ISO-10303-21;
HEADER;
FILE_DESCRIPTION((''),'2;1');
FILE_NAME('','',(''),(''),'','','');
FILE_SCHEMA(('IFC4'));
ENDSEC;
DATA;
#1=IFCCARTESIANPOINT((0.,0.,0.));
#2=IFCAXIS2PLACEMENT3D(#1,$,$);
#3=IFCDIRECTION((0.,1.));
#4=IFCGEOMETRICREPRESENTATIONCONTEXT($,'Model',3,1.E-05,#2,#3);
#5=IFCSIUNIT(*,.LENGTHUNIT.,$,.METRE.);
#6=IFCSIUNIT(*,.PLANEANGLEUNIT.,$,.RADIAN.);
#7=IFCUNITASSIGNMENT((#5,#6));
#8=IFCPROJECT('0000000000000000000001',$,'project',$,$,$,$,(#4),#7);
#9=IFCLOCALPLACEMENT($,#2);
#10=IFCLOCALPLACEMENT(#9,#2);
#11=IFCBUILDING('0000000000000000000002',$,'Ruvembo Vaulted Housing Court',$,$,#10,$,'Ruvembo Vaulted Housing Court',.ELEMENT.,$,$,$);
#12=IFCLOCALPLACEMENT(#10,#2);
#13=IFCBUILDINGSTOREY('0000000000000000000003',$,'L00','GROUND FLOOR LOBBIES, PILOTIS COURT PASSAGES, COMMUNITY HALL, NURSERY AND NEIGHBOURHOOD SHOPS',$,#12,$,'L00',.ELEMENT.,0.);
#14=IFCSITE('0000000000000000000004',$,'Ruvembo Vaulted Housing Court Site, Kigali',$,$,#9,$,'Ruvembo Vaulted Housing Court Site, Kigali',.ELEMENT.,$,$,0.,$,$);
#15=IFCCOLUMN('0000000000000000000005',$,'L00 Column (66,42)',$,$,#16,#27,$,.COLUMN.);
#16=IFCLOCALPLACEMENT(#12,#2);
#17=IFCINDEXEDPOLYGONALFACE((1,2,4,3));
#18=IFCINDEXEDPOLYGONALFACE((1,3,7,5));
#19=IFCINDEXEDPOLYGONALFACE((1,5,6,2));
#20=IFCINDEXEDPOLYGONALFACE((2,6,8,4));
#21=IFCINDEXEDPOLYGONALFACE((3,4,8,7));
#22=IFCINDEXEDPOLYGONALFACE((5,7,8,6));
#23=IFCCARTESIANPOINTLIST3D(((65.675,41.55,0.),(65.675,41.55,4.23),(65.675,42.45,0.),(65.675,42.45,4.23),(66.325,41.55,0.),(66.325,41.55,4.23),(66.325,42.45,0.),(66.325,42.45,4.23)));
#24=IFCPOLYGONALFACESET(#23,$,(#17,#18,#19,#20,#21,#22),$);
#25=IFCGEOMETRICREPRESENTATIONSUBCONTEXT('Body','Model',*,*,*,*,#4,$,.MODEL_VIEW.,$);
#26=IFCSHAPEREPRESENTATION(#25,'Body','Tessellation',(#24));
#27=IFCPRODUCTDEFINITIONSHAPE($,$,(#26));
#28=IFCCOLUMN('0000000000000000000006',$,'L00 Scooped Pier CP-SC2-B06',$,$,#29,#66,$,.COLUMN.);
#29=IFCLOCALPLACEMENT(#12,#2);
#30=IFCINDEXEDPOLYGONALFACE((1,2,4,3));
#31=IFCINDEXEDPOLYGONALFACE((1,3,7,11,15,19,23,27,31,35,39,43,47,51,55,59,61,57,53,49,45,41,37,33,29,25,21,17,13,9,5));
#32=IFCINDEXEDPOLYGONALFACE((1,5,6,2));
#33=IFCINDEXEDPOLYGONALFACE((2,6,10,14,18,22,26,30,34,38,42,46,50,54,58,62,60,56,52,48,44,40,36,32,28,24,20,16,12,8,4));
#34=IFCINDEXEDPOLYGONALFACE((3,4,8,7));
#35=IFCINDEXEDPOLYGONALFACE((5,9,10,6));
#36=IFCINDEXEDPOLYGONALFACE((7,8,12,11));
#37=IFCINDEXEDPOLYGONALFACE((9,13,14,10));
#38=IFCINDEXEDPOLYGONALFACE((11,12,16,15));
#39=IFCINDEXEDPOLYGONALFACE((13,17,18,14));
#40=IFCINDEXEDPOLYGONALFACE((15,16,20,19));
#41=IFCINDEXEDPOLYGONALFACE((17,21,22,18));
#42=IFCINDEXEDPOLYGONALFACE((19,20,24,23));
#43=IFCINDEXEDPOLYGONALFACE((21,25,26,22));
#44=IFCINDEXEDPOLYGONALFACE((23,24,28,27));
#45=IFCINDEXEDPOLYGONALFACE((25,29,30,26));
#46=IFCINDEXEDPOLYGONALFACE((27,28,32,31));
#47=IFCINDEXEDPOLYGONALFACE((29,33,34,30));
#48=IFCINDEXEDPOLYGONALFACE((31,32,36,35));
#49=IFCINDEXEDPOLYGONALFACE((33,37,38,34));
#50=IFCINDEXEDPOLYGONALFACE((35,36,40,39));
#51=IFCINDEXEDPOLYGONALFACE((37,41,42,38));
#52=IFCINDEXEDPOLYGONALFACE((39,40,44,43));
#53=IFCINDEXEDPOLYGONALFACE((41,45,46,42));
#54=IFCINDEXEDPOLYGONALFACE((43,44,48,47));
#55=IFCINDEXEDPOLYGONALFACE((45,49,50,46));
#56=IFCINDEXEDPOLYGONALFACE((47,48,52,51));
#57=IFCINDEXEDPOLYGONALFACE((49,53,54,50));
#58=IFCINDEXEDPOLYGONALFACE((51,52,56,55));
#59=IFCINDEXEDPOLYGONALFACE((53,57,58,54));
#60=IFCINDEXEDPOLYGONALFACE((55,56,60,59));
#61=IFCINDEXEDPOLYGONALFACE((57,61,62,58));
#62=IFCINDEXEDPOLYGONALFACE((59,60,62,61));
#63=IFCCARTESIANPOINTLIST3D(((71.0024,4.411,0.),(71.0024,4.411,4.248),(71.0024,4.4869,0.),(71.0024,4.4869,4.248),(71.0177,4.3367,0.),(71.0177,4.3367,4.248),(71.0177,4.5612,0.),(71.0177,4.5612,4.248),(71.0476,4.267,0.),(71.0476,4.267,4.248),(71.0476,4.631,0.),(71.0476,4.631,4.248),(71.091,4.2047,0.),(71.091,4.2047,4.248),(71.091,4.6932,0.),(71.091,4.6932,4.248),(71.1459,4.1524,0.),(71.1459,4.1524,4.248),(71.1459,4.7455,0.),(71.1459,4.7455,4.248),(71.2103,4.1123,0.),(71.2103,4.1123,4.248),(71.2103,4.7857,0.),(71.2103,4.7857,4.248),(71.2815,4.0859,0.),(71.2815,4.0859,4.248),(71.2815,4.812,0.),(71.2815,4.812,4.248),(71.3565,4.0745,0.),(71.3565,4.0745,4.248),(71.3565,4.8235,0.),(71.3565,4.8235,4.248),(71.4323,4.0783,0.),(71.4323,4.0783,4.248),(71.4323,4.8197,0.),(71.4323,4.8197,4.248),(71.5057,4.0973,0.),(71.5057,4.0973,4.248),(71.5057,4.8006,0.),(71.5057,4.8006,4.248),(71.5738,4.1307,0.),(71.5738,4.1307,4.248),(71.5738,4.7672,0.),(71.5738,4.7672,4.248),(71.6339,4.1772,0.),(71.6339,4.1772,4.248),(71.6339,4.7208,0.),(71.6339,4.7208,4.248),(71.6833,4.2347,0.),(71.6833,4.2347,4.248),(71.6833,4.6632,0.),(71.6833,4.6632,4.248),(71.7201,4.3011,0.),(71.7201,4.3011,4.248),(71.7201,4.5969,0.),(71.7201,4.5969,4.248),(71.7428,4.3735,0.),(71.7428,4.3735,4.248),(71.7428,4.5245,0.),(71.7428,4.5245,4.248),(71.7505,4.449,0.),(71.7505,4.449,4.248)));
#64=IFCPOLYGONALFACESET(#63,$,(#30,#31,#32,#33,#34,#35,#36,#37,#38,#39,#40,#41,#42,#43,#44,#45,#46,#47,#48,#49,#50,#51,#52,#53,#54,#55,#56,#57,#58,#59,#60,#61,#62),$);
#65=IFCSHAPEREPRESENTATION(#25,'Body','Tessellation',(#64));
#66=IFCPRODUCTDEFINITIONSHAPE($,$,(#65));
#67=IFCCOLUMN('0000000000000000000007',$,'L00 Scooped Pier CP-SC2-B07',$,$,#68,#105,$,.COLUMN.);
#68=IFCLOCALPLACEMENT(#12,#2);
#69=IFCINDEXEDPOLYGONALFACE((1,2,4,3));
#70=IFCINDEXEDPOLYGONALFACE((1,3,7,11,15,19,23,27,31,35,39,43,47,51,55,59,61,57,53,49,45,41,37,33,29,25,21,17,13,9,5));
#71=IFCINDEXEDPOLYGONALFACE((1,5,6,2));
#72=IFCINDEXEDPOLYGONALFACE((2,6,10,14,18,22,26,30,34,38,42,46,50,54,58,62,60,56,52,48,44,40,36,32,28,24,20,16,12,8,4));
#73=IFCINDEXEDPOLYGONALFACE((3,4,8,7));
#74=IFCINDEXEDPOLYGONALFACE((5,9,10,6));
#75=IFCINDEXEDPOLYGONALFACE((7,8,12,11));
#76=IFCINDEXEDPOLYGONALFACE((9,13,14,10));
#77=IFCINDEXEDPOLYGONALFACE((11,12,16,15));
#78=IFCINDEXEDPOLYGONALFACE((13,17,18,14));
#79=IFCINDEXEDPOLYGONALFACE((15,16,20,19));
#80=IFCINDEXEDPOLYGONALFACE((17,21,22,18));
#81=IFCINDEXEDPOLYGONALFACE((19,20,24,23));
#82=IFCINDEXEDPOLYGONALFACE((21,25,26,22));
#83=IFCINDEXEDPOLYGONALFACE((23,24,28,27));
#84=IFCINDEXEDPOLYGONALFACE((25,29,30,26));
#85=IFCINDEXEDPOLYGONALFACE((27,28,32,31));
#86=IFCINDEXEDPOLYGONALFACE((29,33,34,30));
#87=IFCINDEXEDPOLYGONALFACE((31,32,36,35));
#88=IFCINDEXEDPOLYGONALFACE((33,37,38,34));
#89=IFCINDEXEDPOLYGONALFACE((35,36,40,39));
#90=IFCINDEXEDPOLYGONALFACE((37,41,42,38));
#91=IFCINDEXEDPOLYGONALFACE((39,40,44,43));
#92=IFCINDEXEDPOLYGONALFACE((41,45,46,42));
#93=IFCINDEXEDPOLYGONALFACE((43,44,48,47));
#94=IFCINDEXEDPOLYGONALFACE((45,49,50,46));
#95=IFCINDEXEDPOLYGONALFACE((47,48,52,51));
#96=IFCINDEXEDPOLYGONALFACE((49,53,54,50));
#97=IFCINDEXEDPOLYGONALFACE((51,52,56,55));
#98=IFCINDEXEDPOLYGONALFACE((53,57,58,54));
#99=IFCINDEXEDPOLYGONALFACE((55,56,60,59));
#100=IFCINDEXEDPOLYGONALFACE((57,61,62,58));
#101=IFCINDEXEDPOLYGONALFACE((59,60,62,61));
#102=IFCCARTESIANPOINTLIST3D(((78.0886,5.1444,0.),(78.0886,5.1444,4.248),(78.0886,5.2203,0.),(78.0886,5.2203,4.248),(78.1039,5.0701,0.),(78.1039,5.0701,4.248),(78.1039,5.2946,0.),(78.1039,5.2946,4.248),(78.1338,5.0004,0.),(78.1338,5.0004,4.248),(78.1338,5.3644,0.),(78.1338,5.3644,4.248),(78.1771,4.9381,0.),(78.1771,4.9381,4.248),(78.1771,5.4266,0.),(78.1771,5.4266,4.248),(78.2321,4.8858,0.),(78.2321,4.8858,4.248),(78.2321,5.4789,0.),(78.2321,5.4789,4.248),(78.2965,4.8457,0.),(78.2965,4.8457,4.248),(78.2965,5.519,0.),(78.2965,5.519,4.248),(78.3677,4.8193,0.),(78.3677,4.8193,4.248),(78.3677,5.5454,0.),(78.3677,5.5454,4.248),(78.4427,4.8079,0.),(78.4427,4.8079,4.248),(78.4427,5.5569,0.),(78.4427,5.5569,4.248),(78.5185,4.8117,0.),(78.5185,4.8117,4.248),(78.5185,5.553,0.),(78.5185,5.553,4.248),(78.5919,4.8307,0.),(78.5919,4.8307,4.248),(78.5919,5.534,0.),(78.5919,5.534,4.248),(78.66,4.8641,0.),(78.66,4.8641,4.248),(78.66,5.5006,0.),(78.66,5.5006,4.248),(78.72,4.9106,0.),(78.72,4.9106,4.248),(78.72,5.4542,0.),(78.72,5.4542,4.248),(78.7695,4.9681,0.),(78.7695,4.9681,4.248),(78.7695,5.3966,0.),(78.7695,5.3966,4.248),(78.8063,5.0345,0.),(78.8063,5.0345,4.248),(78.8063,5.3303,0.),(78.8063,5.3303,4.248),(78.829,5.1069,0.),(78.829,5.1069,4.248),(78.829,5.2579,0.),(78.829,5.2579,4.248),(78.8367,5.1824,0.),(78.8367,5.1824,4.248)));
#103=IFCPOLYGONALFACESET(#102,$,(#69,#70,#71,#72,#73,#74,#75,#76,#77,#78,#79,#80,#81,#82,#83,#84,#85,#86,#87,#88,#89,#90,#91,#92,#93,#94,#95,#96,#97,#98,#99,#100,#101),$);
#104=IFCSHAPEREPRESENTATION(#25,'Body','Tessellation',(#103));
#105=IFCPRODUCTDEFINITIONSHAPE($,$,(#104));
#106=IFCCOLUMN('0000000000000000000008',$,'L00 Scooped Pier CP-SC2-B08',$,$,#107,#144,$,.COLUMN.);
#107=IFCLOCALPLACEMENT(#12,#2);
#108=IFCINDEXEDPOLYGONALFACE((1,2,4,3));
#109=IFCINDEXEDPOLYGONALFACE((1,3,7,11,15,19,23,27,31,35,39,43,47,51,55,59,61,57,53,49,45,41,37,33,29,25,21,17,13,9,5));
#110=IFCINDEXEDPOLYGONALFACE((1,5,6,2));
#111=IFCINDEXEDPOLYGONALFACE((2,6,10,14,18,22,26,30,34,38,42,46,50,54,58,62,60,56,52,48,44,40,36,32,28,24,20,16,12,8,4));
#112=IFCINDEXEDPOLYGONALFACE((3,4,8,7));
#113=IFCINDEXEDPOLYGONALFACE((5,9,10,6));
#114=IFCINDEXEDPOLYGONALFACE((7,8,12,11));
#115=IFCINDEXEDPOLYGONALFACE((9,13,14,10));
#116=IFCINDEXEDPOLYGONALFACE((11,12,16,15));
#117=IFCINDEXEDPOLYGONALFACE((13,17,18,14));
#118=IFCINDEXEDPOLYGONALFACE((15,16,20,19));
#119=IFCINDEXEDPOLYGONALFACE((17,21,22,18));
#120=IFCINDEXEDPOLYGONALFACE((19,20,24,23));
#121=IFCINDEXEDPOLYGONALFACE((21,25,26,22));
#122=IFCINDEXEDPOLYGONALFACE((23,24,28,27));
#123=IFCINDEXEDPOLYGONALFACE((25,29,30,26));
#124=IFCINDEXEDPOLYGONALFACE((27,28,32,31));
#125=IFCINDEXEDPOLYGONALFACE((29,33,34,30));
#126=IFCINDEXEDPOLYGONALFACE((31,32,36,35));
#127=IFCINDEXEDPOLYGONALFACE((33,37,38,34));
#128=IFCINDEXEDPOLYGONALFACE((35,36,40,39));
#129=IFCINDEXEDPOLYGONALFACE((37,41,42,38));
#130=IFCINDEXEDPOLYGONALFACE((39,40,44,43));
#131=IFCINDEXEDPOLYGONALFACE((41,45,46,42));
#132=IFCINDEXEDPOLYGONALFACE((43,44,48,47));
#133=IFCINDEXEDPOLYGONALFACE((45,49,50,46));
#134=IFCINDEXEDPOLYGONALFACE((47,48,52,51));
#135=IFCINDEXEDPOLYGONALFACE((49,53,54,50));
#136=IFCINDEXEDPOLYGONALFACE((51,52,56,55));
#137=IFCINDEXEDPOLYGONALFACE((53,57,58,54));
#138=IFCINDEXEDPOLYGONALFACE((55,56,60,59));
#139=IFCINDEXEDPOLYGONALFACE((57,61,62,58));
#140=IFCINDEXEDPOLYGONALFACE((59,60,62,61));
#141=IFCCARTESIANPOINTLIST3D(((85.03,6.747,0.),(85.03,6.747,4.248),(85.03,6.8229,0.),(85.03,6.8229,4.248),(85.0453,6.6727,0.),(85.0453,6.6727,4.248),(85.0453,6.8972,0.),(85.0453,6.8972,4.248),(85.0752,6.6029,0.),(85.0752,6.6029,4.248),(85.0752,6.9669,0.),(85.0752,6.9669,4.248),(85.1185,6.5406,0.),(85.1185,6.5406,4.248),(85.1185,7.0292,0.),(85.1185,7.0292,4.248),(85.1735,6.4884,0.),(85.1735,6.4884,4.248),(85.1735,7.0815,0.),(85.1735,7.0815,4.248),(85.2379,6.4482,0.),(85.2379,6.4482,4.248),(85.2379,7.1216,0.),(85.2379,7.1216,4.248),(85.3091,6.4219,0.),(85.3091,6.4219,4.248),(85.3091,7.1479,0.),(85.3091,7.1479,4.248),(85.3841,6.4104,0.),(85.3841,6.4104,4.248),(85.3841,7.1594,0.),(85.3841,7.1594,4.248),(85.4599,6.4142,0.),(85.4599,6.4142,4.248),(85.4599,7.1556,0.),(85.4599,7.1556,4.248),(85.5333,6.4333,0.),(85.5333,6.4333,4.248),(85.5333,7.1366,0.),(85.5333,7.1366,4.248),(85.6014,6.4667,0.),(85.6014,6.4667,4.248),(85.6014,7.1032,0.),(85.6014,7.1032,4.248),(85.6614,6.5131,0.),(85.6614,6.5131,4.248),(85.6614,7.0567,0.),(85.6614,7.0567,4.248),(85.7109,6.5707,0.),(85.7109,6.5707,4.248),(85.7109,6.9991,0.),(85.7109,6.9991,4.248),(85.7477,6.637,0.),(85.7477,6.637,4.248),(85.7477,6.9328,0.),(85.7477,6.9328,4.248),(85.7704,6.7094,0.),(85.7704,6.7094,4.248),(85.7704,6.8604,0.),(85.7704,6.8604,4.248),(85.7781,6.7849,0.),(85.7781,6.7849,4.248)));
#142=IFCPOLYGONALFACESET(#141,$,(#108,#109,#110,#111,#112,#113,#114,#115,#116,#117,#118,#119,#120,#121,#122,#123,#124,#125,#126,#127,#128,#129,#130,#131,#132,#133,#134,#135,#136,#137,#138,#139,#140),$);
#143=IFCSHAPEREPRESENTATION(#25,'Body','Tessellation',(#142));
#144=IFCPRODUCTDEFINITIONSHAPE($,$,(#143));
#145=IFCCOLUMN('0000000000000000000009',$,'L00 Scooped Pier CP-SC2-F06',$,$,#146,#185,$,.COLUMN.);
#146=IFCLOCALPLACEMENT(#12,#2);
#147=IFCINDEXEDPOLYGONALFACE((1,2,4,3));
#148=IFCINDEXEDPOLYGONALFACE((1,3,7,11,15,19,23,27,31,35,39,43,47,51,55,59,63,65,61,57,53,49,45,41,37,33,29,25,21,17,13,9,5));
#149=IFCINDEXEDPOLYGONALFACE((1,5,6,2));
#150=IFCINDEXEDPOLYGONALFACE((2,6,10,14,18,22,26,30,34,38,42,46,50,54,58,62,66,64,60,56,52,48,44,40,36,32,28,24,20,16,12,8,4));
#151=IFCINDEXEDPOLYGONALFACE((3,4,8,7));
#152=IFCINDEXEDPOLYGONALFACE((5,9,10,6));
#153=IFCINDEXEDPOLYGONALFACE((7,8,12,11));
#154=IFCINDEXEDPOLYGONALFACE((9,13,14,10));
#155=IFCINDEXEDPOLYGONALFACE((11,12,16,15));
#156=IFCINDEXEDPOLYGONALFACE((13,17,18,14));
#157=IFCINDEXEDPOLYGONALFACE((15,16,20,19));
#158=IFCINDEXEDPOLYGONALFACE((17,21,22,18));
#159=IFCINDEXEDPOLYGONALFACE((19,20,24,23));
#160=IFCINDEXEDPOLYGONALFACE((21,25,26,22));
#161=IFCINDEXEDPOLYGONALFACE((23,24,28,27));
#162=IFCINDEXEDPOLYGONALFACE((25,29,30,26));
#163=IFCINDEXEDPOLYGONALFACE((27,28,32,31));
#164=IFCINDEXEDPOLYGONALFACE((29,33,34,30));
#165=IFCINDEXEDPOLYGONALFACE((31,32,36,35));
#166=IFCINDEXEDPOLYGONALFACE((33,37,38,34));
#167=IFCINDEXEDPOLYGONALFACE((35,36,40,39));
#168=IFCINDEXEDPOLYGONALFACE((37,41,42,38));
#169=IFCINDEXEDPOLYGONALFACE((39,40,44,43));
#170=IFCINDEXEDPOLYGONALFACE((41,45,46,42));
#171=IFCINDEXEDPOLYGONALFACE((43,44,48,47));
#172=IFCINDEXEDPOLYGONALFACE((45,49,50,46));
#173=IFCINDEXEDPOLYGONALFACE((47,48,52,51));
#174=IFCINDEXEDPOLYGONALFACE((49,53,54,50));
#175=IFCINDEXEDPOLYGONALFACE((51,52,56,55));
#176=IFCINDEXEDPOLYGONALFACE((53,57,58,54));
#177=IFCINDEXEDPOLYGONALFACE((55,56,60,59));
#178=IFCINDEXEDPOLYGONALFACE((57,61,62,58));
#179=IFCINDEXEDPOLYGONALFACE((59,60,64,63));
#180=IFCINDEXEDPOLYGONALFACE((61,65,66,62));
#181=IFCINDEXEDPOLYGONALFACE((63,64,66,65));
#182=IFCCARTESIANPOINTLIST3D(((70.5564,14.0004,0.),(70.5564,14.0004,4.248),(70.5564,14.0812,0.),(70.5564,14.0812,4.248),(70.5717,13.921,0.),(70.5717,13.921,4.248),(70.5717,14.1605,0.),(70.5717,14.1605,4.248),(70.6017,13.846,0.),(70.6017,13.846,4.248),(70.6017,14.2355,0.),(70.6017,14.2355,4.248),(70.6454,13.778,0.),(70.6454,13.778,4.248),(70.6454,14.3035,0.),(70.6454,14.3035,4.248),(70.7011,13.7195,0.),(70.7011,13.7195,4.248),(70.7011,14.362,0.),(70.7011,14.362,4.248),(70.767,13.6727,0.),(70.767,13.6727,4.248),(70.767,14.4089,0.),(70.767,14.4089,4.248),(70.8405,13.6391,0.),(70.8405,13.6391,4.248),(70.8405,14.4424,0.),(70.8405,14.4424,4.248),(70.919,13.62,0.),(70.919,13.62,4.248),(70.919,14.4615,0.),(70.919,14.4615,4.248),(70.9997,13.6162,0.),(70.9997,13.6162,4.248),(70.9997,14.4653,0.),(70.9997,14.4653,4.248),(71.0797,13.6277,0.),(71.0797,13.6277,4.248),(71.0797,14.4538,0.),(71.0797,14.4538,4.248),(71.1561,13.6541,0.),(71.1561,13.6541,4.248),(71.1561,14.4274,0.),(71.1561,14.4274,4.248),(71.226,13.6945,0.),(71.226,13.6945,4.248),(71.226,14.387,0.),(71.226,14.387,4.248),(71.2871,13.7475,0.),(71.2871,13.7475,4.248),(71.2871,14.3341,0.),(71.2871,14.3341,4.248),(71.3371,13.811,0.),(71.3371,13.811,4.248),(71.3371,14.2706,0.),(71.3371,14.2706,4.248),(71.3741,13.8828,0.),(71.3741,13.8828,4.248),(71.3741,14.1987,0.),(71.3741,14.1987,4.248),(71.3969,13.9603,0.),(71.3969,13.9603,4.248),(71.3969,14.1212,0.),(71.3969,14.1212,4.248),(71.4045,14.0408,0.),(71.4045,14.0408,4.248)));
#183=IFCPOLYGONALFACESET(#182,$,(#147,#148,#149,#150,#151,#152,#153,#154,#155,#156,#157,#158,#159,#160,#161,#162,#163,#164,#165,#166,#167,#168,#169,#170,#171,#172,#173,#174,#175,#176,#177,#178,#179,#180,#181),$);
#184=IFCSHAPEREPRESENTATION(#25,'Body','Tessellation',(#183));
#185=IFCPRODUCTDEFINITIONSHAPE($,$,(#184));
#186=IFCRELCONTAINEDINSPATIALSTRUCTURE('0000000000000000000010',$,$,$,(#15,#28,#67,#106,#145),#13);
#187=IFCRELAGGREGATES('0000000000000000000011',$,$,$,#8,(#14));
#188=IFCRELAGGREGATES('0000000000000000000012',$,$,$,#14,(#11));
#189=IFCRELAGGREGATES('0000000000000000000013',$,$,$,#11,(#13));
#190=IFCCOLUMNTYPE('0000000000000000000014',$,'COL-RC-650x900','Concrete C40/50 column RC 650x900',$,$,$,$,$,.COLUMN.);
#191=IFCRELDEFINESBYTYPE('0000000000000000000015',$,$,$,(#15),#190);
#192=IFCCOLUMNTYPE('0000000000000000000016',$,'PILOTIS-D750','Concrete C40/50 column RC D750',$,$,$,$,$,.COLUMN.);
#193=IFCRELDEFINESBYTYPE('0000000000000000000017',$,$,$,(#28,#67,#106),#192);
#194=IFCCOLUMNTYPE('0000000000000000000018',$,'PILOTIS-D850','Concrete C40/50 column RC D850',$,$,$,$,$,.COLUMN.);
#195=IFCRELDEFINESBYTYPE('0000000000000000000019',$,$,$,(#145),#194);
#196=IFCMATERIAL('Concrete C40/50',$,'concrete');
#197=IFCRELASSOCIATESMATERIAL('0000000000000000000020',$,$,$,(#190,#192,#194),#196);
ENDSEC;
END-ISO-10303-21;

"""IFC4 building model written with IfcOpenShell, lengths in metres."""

from ifc_helpers import new_model, si_unit, direction, frame, origin, origin_2d, place, context, subcontext, project, spatial, rectangle, circle, extrude, material, material_profile, profile_set, type_object, element, save


model = new_model("IFC4")

# Units and contexts
model_context = context("Model", 3, precision=1e-05, world=origin(), true_north=direction((0.0, 1.0)))
body_context = subcontext(model_context, "Body", "Model", "MODEL_VIEW")
ifc_project = project(units=[si_unit("LENGTHUNIT", "METRE"), si_unit("PLANEANGLEUNIT", "RADIAN")], contexts=[model_context])

# Site, building, storey
site_placement = place(None, origin())
site = spatial("IfcSite", under=ifc_project, at=site_placement, Name="Ruvembo Vaulted Housing Court Site, Kigali", LongName="Ruvembo Vaulted Housing Court Site, Kigali", CompositionType="ELEMENT", RefElevation=0.0)
building_placement = place(site_placement, origin())
building = spatial("IfcBuilding", under=site, at=building_placement, Name="Ruvembo Vaulted Housing Court", LongName="Ruvembo Vaulted Housing Court", CompositionType="ELEMENT")
storey_placement = place(building_placement, origin())
storey = spatial("IfcBuildingStorey", under=building, at=storey_placement, Name="L00", Description="GROUND FLOOR LOBBIES, PILOTIS COURT PASSAGES, COMMUNITY HALL, NURSERY AND NEIGHBOURHOOD SHOPS", LongName="L00", CompositionType="ELEMENT", Elevation=0.0)

# Columns
ifc_material_1 = material(Name="Concrete C40/50", Category="concrete")
ifc_material_profile_1 = material_profile(ifc_material_1, rectangle(XDim=0.6499, YDim=0.8999, at=origin_2d()), Name="RC 650x900")
ifc_profile_set_1 = profile_set([ifc_material_profile_1], Name="Concrete C40/50")
column_type_1 = type_object("IfcColumnType", Name="COL-RC-650x900", Description="Concrete C40/50 column RC 650x900", PredefinedType="COLUMN", material=ifc_profile_set_1)
column_placement = place(storey_placement, frame((66.0, 42.0, 0.0), z_axis=(0.0, 0.0, 1.0), x_axis=(1.0, 0.0, 0.0)))
element("IfcColumn", 1, at=column_placement, inside=storey, type_object=column_type_1, Name="L00 Column (66,42)", PredefinedType="COLUMN", context=body_context, shape_type="SweptSolid", body=[
    extrude(rectangle(XDim=0.6499, YDim=0.8999, at=origin_2d()), origin(), (0.0, 0.0, 1.0), 4.23),
])
ifc_material_profile_2 = material_profile(ifc_material_1, circle(Radius=0.375, at=origin_2d()), Name="RC D750")
ifc_profile_set_2 = profile_set([ifc_material_profile_2], Name="Concrete C40/50")
column_type_2 = type_object("IfcColumnType", Name="PILOTIS-D750", Description="Concrete C40/50 column RC D750", PredefinedType="COLUMN", material=ifc_profile_set_2)
for number, where, z_axis, x_axis, name in (
    (2, (71.3755, 4.449, 0.0), (0.0, 0.0, 1.0), (1.0, 0.0, 0.0), "L00 Scooped Pier CP-SC2-B06"),
    (3, (78.4617, 5.1824, 0.0), (0.0, 0.0, 1.0), (1.0, 0.0, 0.0), "L00 Scooped Pier CP-SC2-B07"),
    (4, (85.4031, 6.7849, 0.0), (0.0, 0.0, 1.0), (1.0, 0.0, 0.0), "L00 Scooped Pier CP-SC2-B08"),
):
    element("IfcColumn", number, at=place(storey_placement, frame(where, z_axis=z_axis, x_axis=x_axis)), inside=storey, type_object=column_type_2, Name=name, PredefinedType="COLUMN", context=body_context, shape_type="SweptSolid", body=[
        extrude(circle(Radius=0.375, at=origin_2d()), origin(), (0.0, 0.0, 1.0), 4.248),
    ])
ifc_material_profile_3 = material_profile(ifc_material_1, circle(Radius=0.425, at=origin_2d()), Name="RC D850")
ifc_profile_set_3 = profile_set([ifc_material_profile_3], Name="Concrete C40/50")
column_type_3 = type_object("IfcColumnType", Name="PILOTIS-D850", Description="Concrete C40/50 column RC D850", PredefinedType="COLUMN", material=ifc_profile_set_3)
for number, where, z_axis, x_axis, name in (
    (5, (70.9795, 14.0408, 0.0), (0.0, 0.0, 1.0), (1.0, 0.0, 0.0), "L00 Scooped Pier CP-SC2-F06"),
):
    element("IfcColumn", number, at=place(storey_placement, frame(where, z_axis=z_axis, x_axis=x_axis)), inside=storey, type_object=column_type_3, Name=name, PredefinedType="COLUMN", context=body_context, shape_type="SweptSolid", body=[
        extrude(circle(Radius=0.425, at=origin_2d()), origin(), (0.0, 0.0, 1.0), 4.248),
    ])

save(model, "model.ifc")
